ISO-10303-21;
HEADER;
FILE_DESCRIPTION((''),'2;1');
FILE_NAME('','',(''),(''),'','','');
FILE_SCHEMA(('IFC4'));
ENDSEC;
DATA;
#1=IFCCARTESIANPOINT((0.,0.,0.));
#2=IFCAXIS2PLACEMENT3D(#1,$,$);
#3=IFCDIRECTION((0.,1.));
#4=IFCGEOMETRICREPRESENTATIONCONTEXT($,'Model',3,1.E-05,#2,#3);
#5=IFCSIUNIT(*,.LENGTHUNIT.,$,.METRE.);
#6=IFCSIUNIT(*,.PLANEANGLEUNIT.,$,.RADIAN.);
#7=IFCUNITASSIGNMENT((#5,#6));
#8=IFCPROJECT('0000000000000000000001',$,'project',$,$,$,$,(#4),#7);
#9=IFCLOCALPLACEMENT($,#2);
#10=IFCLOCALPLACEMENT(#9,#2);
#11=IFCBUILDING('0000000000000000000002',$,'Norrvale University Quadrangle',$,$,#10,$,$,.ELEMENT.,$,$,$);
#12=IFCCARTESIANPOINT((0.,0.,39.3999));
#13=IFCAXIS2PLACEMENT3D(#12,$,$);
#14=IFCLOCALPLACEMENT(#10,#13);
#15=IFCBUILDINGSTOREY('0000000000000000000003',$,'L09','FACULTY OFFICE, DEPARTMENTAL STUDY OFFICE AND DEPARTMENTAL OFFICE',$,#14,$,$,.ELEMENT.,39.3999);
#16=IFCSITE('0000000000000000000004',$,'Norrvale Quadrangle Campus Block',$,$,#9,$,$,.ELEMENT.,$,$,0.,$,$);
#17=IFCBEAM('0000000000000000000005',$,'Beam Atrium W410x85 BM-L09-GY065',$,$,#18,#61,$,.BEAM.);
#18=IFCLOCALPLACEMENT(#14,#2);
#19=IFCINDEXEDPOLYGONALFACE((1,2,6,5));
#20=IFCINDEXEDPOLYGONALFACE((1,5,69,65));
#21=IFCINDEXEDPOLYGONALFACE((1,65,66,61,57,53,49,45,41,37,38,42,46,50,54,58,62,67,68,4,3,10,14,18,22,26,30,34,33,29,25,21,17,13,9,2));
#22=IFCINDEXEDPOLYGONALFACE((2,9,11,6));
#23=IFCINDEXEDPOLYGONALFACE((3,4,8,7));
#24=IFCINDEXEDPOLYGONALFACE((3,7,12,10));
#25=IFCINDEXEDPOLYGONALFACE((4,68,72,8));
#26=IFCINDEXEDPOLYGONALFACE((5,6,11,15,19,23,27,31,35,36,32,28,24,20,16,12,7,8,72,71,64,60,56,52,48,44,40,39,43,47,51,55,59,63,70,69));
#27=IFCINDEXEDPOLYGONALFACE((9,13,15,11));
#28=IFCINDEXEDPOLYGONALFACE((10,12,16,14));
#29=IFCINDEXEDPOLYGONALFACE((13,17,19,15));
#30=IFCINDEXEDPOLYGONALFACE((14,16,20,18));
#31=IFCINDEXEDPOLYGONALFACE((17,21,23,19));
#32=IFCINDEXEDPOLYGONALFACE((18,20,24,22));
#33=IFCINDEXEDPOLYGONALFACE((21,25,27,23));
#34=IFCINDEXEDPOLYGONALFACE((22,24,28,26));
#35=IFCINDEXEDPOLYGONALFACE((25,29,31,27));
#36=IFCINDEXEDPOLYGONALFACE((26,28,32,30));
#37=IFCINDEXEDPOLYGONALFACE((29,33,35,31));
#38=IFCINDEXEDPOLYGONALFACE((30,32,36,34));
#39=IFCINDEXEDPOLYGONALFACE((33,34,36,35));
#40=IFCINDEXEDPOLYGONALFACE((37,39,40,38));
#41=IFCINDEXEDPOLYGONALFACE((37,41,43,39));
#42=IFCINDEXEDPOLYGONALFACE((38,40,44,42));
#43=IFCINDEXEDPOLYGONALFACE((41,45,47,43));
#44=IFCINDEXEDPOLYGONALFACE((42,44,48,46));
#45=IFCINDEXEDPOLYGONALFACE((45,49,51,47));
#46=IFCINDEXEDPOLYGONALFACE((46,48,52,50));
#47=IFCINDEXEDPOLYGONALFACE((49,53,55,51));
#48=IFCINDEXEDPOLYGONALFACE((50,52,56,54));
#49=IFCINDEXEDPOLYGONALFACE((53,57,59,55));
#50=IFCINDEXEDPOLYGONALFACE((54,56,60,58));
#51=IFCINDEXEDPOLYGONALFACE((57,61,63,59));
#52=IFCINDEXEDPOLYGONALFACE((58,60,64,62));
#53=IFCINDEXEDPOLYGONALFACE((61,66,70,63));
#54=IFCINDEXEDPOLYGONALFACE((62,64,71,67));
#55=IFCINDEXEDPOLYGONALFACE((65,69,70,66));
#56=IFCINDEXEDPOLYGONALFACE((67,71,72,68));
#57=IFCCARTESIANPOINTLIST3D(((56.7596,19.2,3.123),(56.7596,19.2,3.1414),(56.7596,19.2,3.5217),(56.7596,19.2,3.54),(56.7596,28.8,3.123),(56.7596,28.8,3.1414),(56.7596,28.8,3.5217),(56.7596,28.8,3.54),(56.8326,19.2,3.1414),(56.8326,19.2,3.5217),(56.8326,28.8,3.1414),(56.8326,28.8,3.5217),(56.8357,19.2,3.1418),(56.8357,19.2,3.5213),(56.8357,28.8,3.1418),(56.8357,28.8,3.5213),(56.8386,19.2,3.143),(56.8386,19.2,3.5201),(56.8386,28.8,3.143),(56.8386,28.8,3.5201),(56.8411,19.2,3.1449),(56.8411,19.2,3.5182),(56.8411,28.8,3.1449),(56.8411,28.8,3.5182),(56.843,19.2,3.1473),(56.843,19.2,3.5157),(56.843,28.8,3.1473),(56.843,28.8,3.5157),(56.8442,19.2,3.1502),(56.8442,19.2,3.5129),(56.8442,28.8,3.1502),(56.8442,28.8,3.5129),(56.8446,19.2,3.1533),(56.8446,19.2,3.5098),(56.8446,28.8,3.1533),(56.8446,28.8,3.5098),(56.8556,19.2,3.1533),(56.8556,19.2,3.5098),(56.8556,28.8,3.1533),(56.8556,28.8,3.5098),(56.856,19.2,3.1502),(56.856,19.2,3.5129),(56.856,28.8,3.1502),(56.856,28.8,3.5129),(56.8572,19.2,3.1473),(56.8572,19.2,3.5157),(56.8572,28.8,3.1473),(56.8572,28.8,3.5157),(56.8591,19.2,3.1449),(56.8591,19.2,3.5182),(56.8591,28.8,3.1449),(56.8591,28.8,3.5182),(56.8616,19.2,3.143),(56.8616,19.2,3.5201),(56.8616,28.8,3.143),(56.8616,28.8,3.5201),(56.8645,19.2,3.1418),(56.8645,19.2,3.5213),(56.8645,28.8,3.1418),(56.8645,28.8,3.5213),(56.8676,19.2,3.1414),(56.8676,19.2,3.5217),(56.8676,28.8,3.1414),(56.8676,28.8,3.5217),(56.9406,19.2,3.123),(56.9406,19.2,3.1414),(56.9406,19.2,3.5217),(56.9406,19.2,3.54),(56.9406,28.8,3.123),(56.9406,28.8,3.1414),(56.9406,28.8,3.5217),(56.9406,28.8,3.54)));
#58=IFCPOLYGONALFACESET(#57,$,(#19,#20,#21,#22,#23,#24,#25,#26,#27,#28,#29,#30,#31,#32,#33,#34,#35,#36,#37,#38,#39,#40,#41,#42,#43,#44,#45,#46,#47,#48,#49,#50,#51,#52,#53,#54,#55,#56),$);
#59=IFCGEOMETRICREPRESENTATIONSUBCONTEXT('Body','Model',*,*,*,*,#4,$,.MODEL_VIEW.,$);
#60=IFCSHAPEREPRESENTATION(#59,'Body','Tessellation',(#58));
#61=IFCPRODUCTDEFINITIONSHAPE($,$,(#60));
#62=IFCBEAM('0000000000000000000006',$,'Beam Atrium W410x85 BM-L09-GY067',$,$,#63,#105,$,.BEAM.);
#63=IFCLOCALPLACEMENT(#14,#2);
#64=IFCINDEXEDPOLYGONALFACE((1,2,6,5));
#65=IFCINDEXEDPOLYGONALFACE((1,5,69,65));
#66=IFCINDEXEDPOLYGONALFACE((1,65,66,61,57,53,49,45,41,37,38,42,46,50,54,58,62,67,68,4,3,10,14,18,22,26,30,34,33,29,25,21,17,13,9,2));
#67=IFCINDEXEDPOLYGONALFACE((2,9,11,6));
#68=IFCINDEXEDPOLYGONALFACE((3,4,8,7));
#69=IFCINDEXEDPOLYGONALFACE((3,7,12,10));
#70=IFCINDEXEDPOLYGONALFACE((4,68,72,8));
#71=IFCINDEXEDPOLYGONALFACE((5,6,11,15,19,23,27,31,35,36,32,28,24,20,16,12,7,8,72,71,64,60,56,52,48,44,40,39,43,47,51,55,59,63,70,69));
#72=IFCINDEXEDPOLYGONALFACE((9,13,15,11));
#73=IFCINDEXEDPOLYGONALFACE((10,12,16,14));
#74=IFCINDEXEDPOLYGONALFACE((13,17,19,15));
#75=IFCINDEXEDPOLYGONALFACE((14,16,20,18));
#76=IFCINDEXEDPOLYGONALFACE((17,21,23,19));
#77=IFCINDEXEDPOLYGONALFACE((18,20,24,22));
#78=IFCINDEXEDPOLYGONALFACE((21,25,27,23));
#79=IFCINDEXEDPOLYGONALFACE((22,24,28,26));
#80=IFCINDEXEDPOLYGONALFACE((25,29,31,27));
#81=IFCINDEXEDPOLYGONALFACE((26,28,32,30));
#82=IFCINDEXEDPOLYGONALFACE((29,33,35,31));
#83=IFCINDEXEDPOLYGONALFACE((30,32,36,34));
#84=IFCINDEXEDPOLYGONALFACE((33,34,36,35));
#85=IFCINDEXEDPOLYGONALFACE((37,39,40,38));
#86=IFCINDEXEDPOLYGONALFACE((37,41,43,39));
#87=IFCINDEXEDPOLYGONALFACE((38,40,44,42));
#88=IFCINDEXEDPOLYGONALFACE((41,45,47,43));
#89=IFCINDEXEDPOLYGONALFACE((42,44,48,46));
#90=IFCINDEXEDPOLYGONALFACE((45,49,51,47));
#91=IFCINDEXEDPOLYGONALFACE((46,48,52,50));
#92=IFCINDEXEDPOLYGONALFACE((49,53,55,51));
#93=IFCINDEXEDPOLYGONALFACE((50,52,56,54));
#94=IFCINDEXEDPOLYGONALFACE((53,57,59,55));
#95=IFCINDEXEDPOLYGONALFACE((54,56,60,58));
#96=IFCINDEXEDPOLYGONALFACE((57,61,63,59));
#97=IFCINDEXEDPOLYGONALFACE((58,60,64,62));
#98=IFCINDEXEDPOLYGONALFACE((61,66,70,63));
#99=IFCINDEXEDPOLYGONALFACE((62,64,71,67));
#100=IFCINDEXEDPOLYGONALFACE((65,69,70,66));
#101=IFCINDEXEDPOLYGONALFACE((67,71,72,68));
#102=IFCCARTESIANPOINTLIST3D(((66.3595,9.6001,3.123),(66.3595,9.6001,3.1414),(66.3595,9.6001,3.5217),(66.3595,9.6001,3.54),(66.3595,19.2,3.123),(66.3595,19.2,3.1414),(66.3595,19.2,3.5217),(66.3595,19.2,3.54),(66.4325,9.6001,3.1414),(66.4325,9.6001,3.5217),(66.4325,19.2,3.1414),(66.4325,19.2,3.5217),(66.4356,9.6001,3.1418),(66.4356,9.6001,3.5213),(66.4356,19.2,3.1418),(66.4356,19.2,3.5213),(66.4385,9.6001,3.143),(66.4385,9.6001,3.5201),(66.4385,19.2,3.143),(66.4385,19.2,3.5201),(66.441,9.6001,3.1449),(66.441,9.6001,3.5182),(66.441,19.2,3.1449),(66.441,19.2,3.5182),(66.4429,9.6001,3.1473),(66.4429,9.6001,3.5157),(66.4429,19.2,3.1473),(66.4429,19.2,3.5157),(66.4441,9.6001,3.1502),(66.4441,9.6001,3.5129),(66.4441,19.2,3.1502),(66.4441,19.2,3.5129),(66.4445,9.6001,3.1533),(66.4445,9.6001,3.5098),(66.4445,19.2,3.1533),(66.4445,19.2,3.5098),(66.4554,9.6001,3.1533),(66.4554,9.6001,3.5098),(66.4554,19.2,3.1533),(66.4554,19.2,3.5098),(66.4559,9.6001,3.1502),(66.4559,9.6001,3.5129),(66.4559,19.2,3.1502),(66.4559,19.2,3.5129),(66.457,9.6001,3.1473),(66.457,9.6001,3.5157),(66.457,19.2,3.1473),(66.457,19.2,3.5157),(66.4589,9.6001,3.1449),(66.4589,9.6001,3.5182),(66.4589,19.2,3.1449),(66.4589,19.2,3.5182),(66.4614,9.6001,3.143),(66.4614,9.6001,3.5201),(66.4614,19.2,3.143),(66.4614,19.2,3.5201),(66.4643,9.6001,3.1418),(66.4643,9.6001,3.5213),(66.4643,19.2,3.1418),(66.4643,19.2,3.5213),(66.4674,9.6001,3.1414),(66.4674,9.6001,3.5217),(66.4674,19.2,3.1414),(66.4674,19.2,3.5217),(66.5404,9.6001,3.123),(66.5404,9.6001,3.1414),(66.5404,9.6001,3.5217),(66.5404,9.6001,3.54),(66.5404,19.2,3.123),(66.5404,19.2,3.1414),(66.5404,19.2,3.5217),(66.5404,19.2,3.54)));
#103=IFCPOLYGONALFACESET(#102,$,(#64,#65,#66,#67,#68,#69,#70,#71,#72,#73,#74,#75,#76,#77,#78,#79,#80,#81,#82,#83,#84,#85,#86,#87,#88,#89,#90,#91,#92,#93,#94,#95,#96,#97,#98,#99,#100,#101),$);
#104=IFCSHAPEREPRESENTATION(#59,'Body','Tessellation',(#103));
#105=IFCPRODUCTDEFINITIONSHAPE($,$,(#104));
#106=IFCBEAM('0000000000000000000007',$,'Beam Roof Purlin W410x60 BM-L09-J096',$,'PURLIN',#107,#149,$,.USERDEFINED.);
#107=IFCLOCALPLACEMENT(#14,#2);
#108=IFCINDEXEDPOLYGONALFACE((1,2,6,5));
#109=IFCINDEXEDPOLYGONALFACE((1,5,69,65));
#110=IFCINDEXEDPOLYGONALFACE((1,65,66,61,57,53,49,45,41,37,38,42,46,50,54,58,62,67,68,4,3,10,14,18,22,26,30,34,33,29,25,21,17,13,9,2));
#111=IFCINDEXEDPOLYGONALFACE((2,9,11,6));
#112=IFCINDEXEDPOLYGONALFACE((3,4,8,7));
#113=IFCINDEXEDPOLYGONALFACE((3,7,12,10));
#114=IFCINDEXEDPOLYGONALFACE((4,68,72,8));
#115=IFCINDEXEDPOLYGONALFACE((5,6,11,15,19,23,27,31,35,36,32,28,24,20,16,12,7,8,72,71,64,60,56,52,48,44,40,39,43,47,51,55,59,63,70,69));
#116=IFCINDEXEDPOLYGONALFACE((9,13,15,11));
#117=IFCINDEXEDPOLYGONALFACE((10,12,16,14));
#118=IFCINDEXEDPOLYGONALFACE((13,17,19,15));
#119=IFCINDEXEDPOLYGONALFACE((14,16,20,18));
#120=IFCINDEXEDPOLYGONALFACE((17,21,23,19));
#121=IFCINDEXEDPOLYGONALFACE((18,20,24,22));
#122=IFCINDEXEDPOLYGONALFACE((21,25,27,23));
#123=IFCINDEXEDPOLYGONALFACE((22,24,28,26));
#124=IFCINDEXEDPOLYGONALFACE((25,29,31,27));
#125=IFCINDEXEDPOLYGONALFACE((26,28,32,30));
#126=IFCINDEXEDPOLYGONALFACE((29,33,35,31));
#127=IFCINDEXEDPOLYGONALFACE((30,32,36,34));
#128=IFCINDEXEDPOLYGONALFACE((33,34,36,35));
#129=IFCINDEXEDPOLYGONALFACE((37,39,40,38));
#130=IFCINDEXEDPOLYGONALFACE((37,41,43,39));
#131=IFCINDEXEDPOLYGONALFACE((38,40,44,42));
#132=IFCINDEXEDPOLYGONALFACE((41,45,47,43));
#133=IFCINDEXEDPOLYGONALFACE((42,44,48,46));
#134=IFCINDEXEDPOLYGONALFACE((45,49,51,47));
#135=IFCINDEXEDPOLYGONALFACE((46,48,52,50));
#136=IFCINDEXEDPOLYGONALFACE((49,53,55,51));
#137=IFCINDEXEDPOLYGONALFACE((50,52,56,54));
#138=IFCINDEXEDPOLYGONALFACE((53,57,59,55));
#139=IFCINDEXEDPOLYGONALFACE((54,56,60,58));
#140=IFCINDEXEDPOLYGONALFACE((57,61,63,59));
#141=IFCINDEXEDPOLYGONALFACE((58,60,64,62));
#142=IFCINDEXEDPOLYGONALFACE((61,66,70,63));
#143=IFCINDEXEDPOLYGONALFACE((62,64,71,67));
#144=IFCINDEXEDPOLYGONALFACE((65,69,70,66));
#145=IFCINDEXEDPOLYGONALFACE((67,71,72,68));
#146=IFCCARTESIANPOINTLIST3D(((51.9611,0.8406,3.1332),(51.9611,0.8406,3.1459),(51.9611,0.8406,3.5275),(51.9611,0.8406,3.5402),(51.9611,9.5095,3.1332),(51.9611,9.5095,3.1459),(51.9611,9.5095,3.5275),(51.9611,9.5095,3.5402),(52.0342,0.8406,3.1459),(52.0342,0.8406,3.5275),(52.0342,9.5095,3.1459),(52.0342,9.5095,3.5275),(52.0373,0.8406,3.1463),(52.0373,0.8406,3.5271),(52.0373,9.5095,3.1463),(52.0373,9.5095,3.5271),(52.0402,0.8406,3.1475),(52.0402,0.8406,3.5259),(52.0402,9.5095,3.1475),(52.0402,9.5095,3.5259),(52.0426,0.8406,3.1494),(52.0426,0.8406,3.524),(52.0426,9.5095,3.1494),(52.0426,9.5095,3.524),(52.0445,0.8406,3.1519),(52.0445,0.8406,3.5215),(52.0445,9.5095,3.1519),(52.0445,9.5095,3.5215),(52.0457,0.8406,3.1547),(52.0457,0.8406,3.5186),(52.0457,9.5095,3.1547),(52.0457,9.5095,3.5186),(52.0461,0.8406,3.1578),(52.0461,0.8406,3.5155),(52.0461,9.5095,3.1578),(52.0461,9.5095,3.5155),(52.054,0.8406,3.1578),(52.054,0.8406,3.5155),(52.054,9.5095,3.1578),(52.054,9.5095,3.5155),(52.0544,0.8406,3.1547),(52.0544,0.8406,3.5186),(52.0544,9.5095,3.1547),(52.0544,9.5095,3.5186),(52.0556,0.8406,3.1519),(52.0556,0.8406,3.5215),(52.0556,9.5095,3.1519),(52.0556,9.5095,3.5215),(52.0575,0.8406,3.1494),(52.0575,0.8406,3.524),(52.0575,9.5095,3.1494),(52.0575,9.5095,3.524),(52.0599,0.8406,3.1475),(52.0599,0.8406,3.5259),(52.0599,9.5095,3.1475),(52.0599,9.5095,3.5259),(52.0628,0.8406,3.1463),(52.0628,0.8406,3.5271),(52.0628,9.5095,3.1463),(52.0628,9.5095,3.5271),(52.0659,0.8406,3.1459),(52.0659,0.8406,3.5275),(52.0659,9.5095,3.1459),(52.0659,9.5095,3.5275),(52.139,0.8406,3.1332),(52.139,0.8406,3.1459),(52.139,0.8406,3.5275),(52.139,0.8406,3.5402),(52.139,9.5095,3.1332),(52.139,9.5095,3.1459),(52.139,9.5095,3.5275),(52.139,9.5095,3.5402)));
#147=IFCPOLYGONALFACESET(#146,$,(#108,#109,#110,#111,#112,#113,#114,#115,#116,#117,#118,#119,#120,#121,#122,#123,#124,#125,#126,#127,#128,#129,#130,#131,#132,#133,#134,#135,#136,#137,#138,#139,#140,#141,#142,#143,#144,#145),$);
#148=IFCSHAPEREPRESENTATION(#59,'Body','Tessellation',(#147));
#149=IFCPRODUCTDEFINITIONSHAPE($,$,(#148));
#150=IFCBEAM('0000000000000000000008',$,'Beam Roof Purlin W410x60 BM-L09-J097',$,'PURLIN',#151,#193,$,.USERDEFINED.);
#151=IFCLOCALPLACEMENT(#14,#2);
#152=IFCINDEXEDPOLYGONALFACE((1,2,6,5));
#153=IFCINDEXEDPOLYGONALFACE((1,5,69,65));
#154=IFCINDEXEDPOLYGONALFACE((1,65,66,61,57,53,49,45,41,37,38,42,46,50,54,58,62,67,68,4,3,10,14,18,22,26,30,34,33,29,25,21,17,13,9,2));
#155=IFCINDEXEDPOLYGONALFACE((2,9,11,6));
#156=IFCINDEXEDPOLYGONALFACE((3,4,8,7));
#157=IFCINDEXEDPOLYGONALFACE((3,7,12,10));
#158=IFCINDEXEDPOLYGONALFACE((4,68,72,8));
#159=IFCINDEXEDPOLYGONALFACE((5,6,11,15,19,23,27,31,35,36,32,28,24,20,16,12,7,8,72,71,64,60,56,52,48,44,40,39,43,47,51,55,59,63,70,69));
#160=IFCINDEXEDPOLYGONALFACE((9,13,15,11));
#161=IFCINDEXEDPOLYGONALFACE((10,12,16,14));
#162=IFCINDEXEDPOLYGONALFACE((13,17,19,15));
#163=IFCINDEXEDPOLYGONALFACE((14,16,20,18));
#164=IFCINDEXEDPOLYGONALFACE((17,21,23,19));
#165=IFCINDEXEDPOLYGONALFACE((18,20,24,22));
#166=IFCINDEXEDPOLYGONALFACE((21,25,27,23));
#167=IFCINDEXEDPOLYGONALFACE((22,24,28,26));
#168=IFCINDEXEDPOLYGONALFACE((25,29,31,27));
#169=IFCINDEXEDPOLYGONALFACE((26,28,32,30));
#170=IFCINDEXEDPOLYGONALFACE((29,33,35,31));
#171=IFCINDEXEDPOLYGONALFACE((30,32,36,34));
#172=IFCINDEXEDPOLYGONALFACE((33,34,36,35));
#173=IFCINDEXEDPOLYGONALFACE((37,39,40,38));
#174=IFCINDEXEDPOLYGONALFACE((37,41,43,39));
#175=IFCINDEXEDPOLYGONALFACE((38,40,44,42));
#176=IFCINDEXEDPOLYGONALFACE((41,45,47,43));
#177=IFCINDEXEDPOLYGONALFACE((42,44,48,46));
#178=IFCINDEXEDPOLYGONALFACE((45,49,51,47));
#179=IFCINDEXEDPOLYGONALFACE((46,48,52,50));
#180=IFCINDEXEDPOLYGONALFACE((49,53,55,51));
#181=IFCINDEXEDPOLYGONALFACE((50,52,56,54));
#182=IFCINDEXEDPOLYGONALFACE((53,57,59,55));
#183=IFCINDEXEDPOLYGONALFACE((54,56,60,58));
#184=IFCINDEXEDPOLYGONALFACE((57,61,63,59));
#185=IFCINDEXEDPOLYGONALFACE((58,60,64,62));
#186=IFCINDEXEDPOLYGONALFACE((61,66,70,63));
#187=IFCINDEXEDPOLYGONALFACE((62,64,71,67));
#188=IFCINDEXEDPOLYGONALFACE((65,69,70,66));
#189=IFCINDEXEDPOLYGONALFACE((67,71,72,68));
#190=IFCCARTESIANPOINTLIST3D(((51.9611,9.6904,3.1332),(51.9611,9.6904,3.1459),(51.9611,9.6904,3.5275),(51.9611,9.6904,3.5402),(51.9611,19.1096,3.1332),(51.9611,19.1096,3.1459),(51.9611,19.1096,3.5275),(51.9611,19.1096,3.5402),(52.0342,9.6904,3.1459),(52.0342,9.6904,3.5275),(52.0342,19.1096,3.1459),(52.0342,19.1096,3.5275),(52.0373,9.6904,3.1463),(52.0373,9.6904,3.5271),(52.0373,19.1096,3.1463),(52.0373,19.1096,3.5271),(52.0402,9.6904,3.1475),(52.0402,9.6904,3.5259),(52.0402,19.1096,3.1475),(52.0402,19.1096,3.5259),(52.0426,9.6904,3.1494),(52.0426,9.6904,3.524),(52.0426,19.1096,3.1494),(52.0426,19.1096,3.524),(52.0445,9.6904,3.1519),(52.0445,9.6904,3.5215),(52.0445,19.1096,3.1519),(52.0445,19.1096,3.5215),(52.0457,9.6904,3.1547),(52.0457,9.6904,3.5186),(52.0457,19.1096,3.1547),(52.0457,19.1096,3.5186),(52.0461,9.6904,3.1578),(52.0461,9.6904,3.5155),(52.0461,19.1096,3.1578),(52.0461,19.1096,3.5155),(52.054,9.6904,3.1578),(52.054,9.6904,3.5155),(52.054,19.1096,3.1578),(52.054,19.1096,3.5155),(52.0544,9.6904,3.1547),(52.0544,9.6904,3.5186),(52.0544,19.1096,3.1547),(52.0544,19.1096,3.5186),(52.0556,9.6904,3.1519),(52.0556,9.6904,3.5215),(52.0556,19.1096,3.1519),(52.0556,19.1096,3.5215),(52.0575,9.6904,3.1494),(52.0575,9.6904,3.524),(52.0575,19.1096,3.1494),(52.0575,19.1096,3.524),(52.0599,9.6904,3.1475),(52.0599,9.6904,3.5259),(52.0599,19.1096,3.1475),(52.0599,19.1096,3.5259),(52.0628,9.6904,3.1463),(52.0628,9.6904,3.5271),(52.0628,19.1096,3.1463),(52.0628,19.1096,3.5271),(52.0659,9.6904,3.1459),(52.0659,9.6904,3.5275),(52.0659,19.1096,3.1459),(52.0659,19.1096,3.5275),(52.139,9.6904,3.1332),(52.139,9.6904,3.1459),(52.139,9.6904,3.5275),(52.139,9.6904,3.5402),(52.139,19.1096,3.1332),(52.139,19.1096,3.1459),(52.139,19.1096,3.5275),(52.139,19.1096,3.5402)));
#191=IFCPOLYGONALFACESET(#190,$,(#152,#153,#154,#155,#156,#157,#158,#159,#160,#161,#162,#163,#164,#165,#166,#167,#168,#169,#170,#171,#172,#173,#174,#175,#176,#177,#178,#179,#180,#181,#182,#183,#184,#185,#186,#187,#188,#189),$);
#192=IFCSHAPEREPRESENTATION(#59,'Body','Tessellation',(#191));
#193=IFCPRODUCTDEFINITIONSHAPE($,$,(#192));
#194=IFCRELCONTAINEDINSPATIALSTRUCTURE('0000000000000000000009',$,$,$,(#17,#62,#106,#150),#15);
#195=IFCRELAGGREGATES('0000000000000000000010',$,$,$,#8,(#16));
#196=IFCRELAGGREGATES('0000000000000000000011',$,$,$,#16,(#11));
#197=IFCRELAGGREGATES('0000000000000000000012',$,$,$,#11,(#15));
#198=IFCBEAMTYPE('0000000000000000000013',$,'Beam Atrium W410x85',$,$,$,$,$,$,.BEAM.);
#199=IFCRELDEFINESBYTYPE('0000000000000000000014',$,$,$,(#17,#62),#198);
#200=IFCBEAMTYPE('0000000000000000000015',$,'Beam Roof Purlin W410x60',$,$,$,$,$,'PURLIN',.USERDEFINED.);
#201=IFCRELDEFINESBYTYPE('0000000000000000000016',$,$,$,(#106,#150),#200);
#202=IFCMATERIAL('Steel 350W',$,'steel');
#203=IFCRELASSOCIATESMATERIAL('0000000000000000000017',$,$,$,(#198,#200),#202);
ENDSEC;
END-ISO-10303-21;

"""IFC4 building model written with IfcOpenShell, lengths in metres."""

from ifc_helpers import new_model, si_unit, direction, frame, origin, origin_2d, place, context, subcontext, project, spatial, i_section, extrude, material, material_profile, profile_set, type_object, element, save


model = new_model("IFC4")

# Units and contexts
model_context = context("Model", 3, precision=1e-05, world=origin(), true_north=direction((0.0, 1.0)))
body_context = subcontext(model_context, "Body", "Model", "MODEL_VIEW")
ifc_project = project(units=[si_unit("LENGTHUNIT", "METRE"), si_unit("PLANEANGLEUNIT", "RADIAN")], contexts=[model_context])

# Site, building, storey
site_placement = place(None, origin())
site = spatial("IfcSite", under=ifc_project, at=site_placement, Name="Norrvale Quadrangle Campus Block", CompositionType="ELEMENT", RefElevation=0.0)
building_placement = place(site_placement, origin())
building = spatial("IfcBuilding", under=site, at=building_placement, Name="Norrvale University Quadrangle", CompositionType="ELEMENT")
storey_placement = place(building_placement, frame((0.0, 0.0, 39.3999)))
storey = spatial("IfcBuildingStorey", under=building, at=storey_placement, Name="L09", Description="FACULTY OFFICE, DEPARTMENTAL STUDY OFFICE AND DEPARTMENTAL OFFICE", CompositionType="ELEMENT", Elevation=39.3999)

# Beams
ifc_material_1 = material(Name="Steel 350W", Category="steel")
ifc_material_profile_1 = material_profile(ifc_material_1, i_section(OverallWidth=0.1809, OverallDepth=0.417, WebThickness=0.011, FlangeThickness=0.0183, FilletRadius=0.012, at=origin_2d()), Name="Steel 350W")
ifc_profile_set_1 = profile_set([ifc_material_profile_1], Name="Steel 350W")
beam_type_1 = type_object("IfcBeamType", Name="Beam Atrium W410x85", PredefinedType="BEAM", material=ifc_profile_set_1)
beam_1_placement = place(storey_placement, frame((56.8501, 19.2, 3.3315), z_axis=(0.0, 1.0, 0.0), x_axis=(-1.0, 0.0, 0.0)))
element("IfcBeam", 1, at=beam_1_placement, inside=storey, type_object=beam_type_1, Name="Beam Atrium W410x85 BM-L09-GY065", PredefinedType="BEAM", context=body_context, shape_type="SweptSolid", body=[
    extrude(i_section(OverallWidth=0.1809, OverallDepth=0.417, WebThickness=0.011, FlangeThickness=0.0183, FilletRadius=0.012, at=origin_2d()), origin(), (0.0, 0.0, 1.0), 9.6001),
])
beam_2_placement = place(storey_placement, frame((66.45, 9.6001, 3.3315), z_axis=(0.0, 1.0, 0.0), x_axis=(-1.0, 0.0, 0.0)))
element("IfcBeam", 2, at=beam_2_placement, inside=storey, type_object=beam_type_1, Name="Beam Atrium W410x85 BM-L09-GY067", PredefinedType="BEAM", context=body_context, shape_type="SweptSolid", body=[
    extrude(i_section(OverallWidth=0.1809, OverallDepth=0.417, WebThickness=0.011, FlangeThickness=0.0183, FilletRadius=0.012, at=origin_2d()), origin(), (0.0, 0.0, 1.0), 9.5999),
])
ifc_material_profile_2 = material_profile(ifc_material_1, i_section(OverallWidth=0.178, OverallDepth=0.407, WebThickness=0.0078, FlangeThickness=0.0127, FilletRadius=0.012, at=origin_2d()), Name="Steel 350W")
ifc_profile_set_2 = profile_set([ifc_material_profile_2], Name="Steel 350W")
beam_type_2 = type_object("IfcBeamType", Name="Beam Roof Purlin W410x60", ElementType="PURLIN", PredefinedType="USERDEFINED", material=ifc_profile_set_2)
beam_3_placement = place(storey_placement, frame((52.05, 0.8406, 3.3367), z_axis=(0.0, 1.0, 0.0), x_axis=(-1.0, 0.0, 0.0)))
element("IfcBeam", 3, at=beam_3_placement, inside=storey, type_object=beam_type_2, Name="Beam Roof Purlin W410x60 BM-L09-J096", ObjectType="PURLIN", PredefinedType="USERDEFINED", context=body_context, shape_type="SweptSolid", body=[
    extrude(i_section(OverallWidth=0.178, OverallDepth=0.407, WebThickness=0.0078, FlangeThickness=0.0127, FilletRadius=0.012, at=origin_2d()), origin(), (0.0, 0.0, 1.0), 8.6689),
])
for number, where, z_axis, x_axis, name in (
    (4, (52.05, 9.6904, 3.3367), (0.0, 1.0, 0.0), (-1.0, 0.0, 0.0), "Beam Roof Purlin W410x60 BM-L09-J097"),
):
    element("IfcBeam", number, at=place(storey_placement, frame(where, z_axis=z_axis, x_axis=x_axis)), inside=storey, type_object=beam_type_2, Name=name, ObjectType="PURLIN", PredefinedType="USERDEFINED", context=body_context, shape_type="SweptSolid", body=[
        extrude(i_section(OverallWidth=0.178, OverallDepth=0.407, WebThickness=0.0078, FlangeThickness=0.0127, FilletRadius=0.012, at=origin_2d()), origin(), (0.0, 0.0, 1.0), 9.4192),
    ])

save(model, "model.ifc")
